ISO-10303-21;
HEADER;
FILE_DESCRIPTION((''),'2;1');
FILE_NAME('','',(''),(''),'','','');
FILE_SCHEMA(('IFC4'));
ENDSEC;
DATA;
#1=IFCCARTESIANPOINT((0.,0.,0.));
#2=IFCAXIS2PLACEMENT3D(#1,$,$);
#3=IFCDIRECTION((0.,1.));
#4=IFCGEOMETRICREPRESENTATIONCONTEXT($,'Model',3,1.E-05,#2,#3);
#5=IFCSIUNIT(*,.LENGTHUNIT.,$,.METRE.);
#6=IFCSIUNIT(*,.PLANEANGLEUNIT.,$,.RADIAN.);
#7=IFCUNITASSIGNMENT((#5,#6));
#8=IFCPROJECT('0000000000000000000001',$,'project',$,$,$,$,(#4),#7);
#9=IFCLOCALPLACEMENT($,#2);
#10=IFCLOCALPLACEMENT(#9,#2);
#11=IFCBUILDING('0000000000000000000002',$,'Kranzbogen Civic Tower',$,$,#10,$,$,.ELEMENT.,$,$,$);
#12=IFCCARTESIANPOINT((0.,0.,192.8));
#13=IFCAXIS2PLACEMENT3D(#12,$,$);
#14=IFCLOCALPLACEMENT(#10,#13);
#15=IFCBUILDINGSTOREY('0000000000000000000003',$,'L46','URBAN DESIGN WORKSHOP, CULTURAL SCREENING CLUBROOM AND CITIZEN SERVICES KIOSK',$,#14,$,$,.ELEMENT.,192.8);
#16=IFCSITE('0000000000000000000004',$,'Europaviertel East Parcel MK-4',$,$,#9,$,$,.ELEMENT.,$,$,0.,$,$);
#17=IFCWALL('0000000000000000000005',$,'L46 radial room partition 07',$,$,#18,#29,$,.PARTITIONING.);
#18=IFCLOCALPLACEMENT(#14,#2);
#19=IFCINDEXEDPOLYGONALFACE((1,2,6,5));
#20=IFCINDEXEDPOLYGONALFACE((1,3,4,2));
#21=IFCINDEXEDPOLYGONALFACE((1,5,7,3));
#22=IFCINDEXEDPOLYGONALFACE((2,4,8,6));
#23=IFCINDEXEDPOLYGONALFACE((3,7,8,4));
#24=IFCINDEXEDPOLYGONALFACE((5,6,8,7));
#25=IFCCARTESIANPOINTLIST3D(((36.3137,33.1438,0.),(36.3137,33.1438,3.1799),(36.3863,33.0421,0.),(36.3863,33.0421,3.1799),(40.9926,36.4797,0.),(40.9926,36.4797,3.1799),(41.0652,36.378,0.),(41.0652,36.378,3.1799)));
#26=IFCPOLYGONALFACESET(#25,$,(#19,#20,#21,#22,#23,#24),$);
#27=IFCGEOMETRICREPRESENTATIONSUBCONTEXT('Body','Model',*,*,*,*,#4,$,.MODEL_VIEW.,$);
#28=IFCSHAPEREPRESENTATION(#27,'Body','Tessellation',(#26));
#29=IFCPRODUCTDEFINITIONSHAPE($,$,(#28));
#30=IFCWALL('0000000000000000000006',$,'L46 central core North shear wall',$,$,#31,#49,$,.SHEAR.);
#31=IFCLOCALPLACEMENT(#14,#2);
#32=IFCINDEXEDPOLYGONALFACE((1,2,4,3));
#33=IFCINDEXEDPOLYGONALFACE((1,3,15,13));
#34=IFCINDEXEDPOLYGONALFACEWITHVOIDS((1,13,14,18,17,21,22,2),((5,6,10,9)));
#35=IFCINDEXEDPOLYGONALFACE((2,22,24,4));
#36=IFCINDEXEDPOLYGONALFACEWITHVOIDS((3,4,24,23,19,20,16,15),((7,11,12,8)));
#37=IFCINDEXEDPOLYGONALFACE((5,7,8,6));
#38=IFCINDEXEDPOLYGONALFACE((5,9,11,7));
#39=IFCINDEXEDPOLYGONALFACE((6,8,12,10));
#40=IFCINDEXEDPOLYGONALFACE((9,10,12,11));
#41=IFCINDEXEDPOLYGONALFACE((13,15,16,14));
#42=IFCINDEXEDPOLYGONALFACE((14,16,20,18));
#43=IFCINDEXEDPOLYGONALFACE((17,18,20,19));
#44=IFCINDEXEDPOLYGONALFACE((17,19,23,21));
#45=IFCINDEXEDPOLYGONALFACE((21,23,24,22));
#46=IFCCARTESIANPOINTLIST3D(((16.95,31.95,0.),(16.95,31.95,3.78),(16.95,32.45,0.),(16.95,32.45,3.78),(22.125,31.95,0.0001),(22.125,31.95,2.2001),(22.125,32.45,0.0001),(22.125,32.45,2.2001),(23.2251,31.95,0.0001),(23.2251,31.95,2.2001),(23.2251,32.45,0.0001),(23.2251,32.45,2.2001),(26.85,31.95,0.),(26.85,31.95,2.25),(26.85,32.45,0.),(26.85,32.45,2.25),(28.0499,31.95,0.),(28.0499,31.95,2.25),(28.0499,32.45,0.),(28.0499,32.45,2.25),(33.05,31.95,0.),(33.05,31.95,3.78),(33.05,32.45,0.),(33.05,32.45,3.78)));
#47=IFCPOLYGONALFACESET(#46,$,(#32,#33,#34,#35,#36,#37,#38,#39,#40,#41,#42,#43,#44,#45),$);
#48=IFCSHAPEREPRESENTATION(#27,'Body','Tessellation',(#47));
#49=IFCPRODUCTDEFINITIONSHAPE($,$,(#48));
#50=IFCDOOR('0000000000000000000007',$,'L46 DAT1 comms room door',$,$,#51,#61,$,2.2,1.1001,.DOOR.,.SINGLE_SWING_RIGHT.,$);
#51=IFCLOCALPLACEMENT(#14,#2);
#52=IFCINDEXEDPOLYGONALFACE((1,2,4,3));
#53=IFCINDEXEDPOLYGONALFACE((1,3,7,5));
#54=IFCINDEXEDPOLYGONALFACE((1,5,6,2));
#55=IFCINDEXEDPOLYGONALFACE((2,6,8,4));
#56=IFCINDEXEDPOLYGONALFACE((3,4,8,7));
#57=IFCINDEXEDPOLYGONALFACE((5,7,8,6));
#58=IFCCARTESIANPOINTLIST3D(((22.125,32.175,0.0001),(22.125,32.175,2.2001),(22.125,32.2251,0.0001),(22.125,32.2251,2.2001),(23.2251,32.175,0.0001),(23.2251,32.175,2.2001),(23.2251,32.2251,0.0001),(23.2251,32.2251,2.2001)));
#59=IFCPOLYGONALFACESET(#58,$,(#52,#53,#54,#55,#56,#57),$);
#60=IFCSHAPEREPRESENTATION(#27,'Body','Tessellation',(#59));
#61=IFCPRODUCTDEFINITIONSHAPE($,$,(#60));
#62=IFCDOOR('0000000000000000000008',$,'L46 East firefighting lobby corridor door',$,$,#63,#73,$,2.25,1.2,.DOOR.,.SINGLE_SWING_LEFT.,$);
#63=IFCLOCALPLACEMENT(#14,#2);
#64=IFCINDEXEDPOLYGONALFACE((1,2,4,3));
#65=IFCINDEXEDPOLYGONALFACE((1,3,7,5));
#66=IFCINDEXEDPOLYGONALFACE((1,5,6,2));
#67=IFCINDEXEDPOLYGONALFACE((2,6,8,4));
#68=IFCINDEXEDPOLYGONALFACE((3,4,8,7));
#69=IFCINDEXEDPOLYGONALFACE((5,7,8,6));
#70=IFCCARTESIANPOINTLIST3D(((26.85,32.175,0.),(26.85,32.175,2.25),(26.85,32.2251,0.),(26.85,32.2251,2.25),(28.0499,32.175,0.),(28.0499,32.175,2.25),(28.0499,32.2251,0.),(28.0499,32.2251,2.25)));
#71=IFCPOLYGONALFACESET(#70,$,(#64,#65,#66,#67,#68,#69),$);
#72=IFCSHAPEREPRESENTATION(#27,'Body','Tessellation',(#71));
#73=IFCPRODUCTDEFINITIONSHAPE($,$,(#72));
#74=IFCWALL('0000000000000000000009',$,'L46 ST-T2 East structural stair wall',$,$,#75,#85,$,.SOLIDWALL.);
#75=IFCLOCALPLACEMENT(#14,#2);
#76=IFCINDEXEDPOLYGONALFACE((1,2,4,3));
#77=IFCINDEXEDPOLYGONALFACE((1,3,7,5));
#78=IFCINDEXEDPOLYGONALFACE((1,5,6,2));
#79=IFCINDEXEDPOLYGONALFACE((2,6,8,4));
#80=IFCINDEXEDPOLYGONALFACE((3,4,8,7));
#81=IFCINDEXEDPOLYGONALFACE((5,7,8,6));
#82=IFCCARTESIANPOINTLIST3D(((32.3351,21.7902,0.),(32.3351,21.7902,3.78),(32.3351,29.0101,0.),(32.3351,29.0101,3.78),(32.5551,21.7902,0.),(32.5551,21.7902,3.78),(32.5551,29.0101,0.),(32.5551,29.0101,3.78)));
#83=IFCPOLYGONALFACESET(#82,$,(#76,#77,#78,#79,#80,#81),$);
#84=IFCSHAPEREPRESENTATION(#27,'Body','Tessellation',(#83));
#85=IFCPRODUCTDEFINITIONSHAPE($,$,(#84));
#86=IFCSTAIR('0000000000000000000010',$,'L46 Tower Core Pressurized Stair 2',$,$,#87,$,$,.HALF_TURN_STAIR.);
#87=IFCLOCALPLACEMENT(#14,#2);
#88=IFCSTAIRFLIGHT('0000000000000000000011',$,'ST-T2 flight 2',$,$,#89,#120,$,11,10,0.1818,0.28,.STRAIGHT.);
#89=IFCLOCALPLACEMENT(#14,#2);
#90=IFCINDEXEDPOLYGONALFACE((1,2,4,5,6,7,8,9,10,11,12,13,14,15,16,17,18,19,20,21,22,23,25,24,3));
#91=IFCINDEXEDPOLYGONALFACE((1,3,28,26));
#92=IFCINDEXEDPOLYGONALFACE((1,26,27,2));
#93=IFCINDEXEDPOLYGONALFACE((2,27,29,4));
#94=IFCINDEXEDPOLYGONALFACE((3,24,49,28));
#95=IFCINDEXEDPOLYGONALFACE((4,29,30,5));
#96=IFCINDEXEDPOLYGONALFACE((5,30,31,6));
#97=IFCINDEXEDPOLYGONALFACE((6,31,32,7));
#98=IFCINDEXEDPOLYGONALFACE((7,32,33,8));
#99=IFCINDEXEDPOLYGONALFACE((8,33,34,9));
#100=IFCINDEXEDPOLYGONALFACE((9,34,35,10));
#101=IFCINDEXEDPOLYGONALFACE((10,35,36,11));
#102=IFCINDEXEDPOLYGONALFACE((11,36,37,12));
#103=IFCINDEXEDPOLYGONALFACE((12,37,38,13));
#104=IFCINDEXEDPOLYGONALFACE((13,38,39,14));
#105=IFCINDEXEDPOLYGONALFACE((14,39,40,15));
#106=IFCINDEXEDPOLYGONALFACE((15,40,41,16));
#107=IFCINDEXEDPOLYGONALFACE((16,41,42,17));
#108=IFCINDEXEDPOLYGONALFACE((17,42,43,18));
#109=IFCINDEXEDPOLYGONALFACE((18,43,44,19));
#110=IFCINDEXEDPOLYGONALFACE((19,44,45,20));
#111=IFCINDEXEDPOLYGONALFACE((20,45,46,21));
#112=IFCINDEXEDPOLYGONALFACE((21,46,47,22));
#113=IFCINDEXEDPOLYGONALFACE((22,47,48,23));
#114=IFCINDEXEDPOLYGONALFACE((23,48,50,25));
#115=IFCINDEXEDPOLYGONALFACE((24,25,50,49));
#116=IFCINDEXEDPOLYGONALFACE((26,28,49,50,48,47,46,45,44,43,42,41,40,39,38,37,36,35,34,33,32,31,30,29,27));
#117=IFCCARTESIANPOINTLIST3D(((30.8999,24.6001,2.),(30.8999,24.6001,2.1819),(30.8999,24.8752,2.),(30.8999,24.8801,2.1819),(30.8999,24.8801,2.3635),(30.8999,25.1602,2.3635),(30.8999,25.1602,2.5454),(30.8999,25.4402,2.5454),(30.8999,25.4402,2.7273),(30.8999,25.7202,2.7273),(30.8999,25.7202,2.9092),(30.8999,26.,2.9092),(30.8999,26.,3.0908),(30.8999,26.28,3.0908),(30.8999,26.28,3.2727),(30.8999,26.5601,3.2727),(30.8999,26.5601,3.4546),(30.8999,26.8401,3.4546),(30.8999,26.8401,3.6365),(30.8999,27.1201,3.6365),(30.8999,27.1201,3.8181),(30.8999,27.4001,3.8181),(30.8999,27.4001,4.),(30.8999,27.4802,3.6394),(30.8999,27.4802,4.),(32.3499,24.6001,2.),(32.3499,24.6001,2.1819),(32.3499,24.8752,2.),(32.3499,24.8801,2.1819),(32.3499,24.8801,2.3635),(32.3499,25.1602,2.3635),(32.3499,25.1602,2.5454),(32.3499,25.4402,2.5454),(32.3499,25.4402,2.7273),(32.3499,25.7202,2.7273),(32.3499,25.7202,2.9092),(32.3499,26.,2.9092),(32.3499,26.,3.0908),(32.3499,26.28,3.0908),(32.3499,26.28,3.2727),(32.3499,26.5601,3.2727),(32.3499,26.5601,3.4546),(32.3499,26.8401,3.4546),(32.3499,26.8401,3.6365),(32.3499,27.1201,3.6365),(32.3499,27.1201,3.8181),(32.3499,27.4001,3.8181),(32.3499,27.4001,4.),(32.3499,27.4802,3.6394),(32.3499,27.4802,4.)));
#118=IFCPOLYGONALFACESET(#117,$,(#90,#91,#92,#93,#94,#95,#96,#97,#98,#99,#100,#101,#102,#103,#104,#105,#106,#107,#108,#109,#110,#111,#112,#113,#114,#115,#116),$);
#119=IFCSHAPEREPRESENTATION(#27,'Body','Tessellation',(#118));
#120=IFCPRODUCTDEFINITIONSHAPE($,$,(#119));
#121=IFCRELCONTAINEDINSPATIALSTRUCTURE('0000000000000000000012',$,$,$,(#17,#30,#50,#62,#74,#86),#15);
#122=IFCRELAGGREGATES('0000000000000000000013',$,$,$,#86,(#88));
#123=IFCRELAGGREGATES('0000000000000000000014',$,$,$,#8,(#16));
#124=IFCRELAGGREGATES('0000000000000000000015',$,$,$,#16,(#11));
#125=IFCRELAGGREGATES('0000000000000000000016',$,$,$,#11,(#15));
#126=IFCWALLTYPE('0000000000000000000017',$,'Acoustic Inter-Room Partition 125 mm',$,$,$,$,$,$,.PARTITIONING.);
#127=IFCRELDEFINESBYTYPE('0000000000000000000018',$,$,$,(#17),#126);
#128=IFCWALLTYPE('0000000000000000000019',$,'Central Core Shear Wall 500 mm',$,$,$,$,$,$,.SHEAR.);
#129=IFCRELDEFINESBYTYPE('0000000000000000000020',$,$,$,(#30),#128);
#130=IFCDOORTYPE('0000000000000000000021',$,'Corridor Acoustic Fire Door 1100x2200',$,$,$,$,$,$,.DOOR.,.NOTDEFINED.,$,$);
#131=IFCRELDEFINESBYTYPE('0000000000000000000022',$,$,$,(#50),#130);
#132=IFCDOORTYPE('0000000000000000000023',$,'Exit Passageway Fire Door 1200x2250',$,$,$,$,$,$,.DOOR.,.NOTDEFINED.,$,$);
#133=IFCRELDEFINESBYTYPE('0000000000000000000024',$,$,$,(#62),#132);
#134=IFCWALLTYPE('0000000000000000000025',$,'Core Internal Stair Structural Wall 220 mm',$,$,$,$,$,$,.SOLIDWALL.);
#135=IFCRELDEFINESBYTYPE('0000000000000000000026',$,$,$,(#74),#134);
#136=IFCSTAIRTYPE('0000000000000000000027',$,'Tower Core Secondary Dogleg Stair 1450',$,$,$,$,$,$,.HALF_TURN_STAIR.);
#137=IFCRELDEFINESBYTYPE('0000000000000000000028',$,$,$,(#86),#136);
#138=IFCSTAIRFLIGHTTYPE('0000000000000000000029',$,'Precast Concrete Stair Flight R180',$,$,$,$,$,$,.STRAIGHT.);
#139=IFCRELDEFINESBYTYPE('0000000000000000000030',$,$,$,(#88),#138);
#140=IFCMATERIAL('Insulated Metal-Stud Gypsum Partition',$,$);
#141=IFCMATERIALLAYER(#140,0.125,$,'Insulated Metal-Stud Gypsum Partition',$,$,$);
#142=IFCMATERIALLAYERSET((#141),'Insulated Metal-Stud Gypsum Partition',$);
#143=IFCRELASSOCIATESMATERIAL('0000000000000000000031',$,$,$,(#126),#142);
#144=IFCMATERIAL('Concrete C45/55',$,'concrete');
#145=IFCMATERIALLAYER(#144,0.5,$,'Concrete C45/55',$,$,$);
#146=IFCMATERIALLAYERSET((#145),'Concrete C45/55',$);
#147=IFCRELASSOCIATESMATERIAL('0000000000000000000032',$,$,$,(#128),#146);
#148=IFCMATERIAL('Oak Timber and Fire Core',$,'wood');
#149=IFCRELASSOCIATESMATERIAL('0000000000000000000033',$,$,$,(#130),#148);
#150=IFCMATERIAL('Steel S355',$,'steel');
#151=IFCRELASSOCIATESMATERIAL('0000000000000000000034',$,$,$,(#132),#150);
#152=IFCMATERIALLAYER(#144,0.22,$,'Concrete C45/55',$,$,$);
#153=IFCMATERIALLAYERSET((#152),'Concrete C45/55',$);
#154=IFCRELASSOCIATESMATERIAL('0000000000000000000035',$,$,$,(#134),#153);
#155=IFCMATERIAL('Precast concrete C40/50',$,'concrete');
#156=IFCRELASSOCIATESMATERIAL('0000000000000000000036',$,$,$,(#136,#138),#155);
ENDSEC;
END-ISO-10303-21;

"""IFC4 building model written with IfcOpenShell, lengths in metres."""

from ifc_helpers import new_model, si_unit, direction, frame, frame_2d, origin, place, context, subcontext, project, spatial, polyline, rectangle, outline, extrude, material, layer, layer_set, type_object, element, fill, aggregate, save


model = new_model("IFC4")

# Units and contexts
model_context = context("Model", 3, precision=1e-05, world=origin(), true_north=direction((0.0, 1.0)))
body_context = subcontext(model_context, "Body", "Model", "MODEL_VIEW")
ifc_project = project(units=[si_unit("LENGTHUNIT", "METRE"), si_unit("PLANEANGLEUNIT", "RADIAN")], contexts=[model_context])

# Site, building, storey
site_placement = place(None, origin())
site = spatial("IfcSite", under=ifc_project, at=site_placement, Name="Europaviertel East Parcel MK-4", CompositionType="ELEMENT", RefElevation=0.0)
building_placement = place(site_placement, origin())
building = spatial("IfcBuilding", under=site, at=building_placement, Name="Kranzbogen Civic Tower", CompositionType="ELEMENT")
storey_placement = place(building_placement, frame((0.0, 0.0, 192.8)))
storey = spatial("IfcBuildingStorey", under=building, at=storey_placement, Name="L46", Description="URBAN DESIGN WORKSHOP, CULTURAL SCREENING CLUBROOM AND CITIZEN SERVICES KIOSK", CompositionType="ELEMENT", Elevation=192.8)

# Shared definitions
ifc_material_1 = material(Name="Steel S355", Category="steel")

# Wall
ifc_material_2 = material(Name="Insulated Metal-Stud Gypsum Partition")
ifc_layer_1 = layer(ifc_material_2, 0.125, Name="Insulated Metal-Stud Gypsum Partition")
ifc_layer_set_1 = layer_set([ifc_layer_1], Name="Insulated Metal-Stud Gypsum Partition")
wall_type_1 = type_object("IfcWallType", Name="Acoustic Inter-Room Partition 125 mm", PredefinedType="PARTITIONING", material=ifc_layer_set_1)
wall_1_placement = place(storey_placement, frame((36.3501, 33.093, 0.0), z_axis=(0.0, 0.0, 1.0), x_axis=(0.814241, 0.580527, 0.0)))
element("IfcWall", 1, at=wall_1_placement, inside=storey, type_object=wall_type_1, Name="L46 radial room partition 07", PredefinedType="PARTITIONING", context=body_context, shape_type="SweptSolid", body=[
    extrude(rectangle(XDim=5.7463, YDim=0.125, at=frame_2d((2.873, 0.0))), origin(), (0.0, 0.0, 1.0), 3.1799),
])

# Wall, openings, doors
ifc_material_3 = material(Name="Concrete C45/55", Category="concrete")
ifc_layer_2 = layer(ifc_material_3, 0.5, Name="Concrete C45/55")
ifc_layer_set_2 = layer_set([ifc_layer_2], Name="Concrete C45/55")
wall_type_2 = type_object("IfcWallType", Name="Central Core Shear Wall 500 mm", PredefinedType="SHEAR", material=ifc_layer_set_2)
wall_2_placement = place(storey_placement, frame((33.05, 32.2, 0.0), z_axis=(0.0, 0.0, 1.0), x_axis=(-1.0, 0.0, 0.0)))
wall_2 = element("IfcWall", 2, at=wall_2_placement, inside=storey, type_object=wall_type_2, Name="L46 central core North shear wall", PredefinedType="SHEAR", context=body_context, shape_type="SweptSolid", body=[
    extrude(rectangle(XDim=16.1001, YDim=0.5, at=frame_2d((8.05, 0.0))), origin(), (0.0, 0.0, 1.0), 3.78),
])
opening_1_placement = place(wall_2_placement, frame((5.0, 0.0, 0.0)))
opening_1 = element("IfcOpeningElement", 3, at=opening_1_placement, cuts=wall_2, PredefinedType="OPENING", context=body_context, shape_type="SweptSolid", body=[
    extrude(rectangle(XDim=1.2, YDim=2.25, at=frame_2d((0.6001, 1.125))), frame((0.0, 0.26, 0.0), z_axis=(0.0, -1.0, 0.0), x_axis=(1.0, 0.0, 0.0)), (0.0, 0.0, 1.0), 0.52),
])
opening_2_placement = place(wall_2_placement, frame((9.825, 0.0, 0.0)))
opening_2 = element("IfcOpeningElement", 4, at=opening_2_placement, cuts=wall_2, PredefinedType="OPENING", context=body_context, shape_type="SweptSolid", body=[
    extrude(rectangle(XDim=1.1001, YDim=2.2, at=frame_2d((0.55, 1.1001))), frame((0.0, 0.26, 0.0), z_axis=(0.0, -1.0, 0.0), x_axis=(1.0, 0.0, 0.0)), (0.0, 0.0, 1.0), 0.52),
])
ifc_material_4 = material(Name="Oak Timber and Fire Core", Category="wood")
door_type_1 = type_object("IfcDoorType", Name="Corridor Acoustic Fire Door 1100x2200", OperationType="NOTDEFINED", PredefinedType="DOOR", material=ifc_material_4)
door_1_placement = place(opening_2_placement, origin())
door_1 = element("IfcDoor", 5, at=door_1_placement, inside=storey, type_object=door_type_1, Name="L46 DAT1 comms room door", OperationType="SINGLE_SWING_RIGHT", OverallHeight=2.2, OverallWidth=1.1001, PredefinedType="DOOR", context=body_context, shape_type="SweptSolid", body=[
    extrude(rectangle(XDim=1.1001, YDim=2.2, at=frame_2d((0.55, 1.1001))), frame((0.0, 0.0249, 0.0), z_axis=(0.0, -1.0, 0.0), x_axis=(1.0, 0.0, 0.0)), (0.0, 0.0, 1.0), 0.05),
])
fill(opening_2, door_1)
door_type_2 = type_object("IfcDoorType", Name="Exit Passageway Fire Door 1200x2250", OperationType="NOTDEFINED", PredefinedType="DOOR", material=ifc_material_1)
door_2_placement = place(opening_1_placement, origin())
door_2 = element("IfcDoor", 6, at=door_2_placement, inside=storey, type_object=door_type_2, Name="L46 East firefighting lobby corridor door", OperationType="SINGLE_SWING_LEFT", OverallHeight=2.25, OverallWidth=1.2, PredefinedType="DOOR", context=body_context, shape_type="SweptSolid", body=[
    extrude(rectangle(XDim=1.2, YDim=2.25, at=frame_2d((0.6001, 1.125))), frame((0.0, 0.0249, 0.0), z_axis=(0.0, -1.0, 0.0), x_axis=(1.0, 0.0, 0.0)), (0.0, 0.0, 1.0), 0.05),
])
fill(opening_1, door_2)

# Wall
ifc_layer_3 = layer(ifc_material_3, 0.22, Name="Concrete C45/55")
ifc_layer_set_3 = layer_set([ifc_layer_3], Name="Concrete C45/55")
wall_type_3 = type_object("IfcWallType", Name="Core Internal Stair Structural Wall 220 mm", PredefinedType="SOLIDWALL", material=ifc_layer_set_3)
wall_3_placement = place(storey_placement, frame((32.4451, 29.01, 0.0), z_axis=(0.0, 0.0, 1.0), x_axis=(0.0, -1.0, 0.0)))
element("IfcWall", 7, at=wall_3_placement, inside=storey, type_object=wall_type_3, Name="L46 ST-T2 East structural stair wall", PredefinedType="SOLIDWALL", context=body_context, shape_type="SweptSolid", body=[
    extrude(rectangle(XDim=7.22, YDim=0.22, at=frame_2d((3.6099, 0.0))), origin(), (0.0, 0.0, 1.0), 3.78),
])

# Stair, stair flight
ifc_material_5 = material(Name="Precast concrete C40/50", Category="concrete")
stair_type = type_object("IfcStairType", Name="Tower Core Secondary Dogleg Stair 1450", PredefinedType="HALF_TURN_STAIR", material=ifc_material_5)
stair_placement = place(storey_placement, origin())
stair = element("IfcStair", 8, at=stair_placement, inside=storey, type_object=stair_type, Name="L46 Tower Core Pressurized Stair 2", PredefinedType="HALF_TURN_STAIR")
stair_flight_type = type_object("IfcStairFlightType", Name="Precast Concrete Stair Flight R180", PredefinedType="STRAIGHT", material=ifc_material_5)
stair_flight_placement = place(storey_placement, frame((31.625, 24.6001, 2.0), z_axis=(0.0, 0.0, 1.0), x_axis=(0.0, 1.0, 0.0)))
stair_flight = element("IfcStairFlight", 9, at=stair_flight_placement, type_object=stair_flight_type, Name="ST-T2 flight 2", NumberOfRisers=11, NumberOfTreads=10, PredefinedType="STRAIGHT", RiserHeight=0.1818, TreadLength=0.28, context=body_context, shape_type="SweptSolid", body=[
    extrude(outline(polyline([(0.0, 0.0), (0.0, 0.1819), (0.28, 0.1819), (0.28, 0.3635), (0.5601, 0.3635), (0.5601, 0.5454), (0.8401, 0.5454), (0.8401, 0.7273), (1.1201, 0.7273), (1.1201, 0.9092), (1.3999, 0.9092), (1.3999, 1.0908), (1.6799, 1.0908), (1.6799, 1.2727), (1.96, 1.2727), (1.96, 1.4546), (2.24, 1.4546), (2.24, 1.6365), (2.52, 1.6365), (2.52, 1.8181), (2.8, 1.8181), (2.8, 2.0), (2.8801, 2.0), (2.8801, 1.6394), (0.2751, 0.0), (0.0, 0.0)])), frame((0.0, 0.7251, 0.0), z_axis=(0.0, -1.0, 0.0), x_axis=(1.0, 0.0, 0.0)), (0.0, 0.0, 1.0), 1.45),
])
aggregate(stair, [stair_flight])

save(model, "model.ifc")
